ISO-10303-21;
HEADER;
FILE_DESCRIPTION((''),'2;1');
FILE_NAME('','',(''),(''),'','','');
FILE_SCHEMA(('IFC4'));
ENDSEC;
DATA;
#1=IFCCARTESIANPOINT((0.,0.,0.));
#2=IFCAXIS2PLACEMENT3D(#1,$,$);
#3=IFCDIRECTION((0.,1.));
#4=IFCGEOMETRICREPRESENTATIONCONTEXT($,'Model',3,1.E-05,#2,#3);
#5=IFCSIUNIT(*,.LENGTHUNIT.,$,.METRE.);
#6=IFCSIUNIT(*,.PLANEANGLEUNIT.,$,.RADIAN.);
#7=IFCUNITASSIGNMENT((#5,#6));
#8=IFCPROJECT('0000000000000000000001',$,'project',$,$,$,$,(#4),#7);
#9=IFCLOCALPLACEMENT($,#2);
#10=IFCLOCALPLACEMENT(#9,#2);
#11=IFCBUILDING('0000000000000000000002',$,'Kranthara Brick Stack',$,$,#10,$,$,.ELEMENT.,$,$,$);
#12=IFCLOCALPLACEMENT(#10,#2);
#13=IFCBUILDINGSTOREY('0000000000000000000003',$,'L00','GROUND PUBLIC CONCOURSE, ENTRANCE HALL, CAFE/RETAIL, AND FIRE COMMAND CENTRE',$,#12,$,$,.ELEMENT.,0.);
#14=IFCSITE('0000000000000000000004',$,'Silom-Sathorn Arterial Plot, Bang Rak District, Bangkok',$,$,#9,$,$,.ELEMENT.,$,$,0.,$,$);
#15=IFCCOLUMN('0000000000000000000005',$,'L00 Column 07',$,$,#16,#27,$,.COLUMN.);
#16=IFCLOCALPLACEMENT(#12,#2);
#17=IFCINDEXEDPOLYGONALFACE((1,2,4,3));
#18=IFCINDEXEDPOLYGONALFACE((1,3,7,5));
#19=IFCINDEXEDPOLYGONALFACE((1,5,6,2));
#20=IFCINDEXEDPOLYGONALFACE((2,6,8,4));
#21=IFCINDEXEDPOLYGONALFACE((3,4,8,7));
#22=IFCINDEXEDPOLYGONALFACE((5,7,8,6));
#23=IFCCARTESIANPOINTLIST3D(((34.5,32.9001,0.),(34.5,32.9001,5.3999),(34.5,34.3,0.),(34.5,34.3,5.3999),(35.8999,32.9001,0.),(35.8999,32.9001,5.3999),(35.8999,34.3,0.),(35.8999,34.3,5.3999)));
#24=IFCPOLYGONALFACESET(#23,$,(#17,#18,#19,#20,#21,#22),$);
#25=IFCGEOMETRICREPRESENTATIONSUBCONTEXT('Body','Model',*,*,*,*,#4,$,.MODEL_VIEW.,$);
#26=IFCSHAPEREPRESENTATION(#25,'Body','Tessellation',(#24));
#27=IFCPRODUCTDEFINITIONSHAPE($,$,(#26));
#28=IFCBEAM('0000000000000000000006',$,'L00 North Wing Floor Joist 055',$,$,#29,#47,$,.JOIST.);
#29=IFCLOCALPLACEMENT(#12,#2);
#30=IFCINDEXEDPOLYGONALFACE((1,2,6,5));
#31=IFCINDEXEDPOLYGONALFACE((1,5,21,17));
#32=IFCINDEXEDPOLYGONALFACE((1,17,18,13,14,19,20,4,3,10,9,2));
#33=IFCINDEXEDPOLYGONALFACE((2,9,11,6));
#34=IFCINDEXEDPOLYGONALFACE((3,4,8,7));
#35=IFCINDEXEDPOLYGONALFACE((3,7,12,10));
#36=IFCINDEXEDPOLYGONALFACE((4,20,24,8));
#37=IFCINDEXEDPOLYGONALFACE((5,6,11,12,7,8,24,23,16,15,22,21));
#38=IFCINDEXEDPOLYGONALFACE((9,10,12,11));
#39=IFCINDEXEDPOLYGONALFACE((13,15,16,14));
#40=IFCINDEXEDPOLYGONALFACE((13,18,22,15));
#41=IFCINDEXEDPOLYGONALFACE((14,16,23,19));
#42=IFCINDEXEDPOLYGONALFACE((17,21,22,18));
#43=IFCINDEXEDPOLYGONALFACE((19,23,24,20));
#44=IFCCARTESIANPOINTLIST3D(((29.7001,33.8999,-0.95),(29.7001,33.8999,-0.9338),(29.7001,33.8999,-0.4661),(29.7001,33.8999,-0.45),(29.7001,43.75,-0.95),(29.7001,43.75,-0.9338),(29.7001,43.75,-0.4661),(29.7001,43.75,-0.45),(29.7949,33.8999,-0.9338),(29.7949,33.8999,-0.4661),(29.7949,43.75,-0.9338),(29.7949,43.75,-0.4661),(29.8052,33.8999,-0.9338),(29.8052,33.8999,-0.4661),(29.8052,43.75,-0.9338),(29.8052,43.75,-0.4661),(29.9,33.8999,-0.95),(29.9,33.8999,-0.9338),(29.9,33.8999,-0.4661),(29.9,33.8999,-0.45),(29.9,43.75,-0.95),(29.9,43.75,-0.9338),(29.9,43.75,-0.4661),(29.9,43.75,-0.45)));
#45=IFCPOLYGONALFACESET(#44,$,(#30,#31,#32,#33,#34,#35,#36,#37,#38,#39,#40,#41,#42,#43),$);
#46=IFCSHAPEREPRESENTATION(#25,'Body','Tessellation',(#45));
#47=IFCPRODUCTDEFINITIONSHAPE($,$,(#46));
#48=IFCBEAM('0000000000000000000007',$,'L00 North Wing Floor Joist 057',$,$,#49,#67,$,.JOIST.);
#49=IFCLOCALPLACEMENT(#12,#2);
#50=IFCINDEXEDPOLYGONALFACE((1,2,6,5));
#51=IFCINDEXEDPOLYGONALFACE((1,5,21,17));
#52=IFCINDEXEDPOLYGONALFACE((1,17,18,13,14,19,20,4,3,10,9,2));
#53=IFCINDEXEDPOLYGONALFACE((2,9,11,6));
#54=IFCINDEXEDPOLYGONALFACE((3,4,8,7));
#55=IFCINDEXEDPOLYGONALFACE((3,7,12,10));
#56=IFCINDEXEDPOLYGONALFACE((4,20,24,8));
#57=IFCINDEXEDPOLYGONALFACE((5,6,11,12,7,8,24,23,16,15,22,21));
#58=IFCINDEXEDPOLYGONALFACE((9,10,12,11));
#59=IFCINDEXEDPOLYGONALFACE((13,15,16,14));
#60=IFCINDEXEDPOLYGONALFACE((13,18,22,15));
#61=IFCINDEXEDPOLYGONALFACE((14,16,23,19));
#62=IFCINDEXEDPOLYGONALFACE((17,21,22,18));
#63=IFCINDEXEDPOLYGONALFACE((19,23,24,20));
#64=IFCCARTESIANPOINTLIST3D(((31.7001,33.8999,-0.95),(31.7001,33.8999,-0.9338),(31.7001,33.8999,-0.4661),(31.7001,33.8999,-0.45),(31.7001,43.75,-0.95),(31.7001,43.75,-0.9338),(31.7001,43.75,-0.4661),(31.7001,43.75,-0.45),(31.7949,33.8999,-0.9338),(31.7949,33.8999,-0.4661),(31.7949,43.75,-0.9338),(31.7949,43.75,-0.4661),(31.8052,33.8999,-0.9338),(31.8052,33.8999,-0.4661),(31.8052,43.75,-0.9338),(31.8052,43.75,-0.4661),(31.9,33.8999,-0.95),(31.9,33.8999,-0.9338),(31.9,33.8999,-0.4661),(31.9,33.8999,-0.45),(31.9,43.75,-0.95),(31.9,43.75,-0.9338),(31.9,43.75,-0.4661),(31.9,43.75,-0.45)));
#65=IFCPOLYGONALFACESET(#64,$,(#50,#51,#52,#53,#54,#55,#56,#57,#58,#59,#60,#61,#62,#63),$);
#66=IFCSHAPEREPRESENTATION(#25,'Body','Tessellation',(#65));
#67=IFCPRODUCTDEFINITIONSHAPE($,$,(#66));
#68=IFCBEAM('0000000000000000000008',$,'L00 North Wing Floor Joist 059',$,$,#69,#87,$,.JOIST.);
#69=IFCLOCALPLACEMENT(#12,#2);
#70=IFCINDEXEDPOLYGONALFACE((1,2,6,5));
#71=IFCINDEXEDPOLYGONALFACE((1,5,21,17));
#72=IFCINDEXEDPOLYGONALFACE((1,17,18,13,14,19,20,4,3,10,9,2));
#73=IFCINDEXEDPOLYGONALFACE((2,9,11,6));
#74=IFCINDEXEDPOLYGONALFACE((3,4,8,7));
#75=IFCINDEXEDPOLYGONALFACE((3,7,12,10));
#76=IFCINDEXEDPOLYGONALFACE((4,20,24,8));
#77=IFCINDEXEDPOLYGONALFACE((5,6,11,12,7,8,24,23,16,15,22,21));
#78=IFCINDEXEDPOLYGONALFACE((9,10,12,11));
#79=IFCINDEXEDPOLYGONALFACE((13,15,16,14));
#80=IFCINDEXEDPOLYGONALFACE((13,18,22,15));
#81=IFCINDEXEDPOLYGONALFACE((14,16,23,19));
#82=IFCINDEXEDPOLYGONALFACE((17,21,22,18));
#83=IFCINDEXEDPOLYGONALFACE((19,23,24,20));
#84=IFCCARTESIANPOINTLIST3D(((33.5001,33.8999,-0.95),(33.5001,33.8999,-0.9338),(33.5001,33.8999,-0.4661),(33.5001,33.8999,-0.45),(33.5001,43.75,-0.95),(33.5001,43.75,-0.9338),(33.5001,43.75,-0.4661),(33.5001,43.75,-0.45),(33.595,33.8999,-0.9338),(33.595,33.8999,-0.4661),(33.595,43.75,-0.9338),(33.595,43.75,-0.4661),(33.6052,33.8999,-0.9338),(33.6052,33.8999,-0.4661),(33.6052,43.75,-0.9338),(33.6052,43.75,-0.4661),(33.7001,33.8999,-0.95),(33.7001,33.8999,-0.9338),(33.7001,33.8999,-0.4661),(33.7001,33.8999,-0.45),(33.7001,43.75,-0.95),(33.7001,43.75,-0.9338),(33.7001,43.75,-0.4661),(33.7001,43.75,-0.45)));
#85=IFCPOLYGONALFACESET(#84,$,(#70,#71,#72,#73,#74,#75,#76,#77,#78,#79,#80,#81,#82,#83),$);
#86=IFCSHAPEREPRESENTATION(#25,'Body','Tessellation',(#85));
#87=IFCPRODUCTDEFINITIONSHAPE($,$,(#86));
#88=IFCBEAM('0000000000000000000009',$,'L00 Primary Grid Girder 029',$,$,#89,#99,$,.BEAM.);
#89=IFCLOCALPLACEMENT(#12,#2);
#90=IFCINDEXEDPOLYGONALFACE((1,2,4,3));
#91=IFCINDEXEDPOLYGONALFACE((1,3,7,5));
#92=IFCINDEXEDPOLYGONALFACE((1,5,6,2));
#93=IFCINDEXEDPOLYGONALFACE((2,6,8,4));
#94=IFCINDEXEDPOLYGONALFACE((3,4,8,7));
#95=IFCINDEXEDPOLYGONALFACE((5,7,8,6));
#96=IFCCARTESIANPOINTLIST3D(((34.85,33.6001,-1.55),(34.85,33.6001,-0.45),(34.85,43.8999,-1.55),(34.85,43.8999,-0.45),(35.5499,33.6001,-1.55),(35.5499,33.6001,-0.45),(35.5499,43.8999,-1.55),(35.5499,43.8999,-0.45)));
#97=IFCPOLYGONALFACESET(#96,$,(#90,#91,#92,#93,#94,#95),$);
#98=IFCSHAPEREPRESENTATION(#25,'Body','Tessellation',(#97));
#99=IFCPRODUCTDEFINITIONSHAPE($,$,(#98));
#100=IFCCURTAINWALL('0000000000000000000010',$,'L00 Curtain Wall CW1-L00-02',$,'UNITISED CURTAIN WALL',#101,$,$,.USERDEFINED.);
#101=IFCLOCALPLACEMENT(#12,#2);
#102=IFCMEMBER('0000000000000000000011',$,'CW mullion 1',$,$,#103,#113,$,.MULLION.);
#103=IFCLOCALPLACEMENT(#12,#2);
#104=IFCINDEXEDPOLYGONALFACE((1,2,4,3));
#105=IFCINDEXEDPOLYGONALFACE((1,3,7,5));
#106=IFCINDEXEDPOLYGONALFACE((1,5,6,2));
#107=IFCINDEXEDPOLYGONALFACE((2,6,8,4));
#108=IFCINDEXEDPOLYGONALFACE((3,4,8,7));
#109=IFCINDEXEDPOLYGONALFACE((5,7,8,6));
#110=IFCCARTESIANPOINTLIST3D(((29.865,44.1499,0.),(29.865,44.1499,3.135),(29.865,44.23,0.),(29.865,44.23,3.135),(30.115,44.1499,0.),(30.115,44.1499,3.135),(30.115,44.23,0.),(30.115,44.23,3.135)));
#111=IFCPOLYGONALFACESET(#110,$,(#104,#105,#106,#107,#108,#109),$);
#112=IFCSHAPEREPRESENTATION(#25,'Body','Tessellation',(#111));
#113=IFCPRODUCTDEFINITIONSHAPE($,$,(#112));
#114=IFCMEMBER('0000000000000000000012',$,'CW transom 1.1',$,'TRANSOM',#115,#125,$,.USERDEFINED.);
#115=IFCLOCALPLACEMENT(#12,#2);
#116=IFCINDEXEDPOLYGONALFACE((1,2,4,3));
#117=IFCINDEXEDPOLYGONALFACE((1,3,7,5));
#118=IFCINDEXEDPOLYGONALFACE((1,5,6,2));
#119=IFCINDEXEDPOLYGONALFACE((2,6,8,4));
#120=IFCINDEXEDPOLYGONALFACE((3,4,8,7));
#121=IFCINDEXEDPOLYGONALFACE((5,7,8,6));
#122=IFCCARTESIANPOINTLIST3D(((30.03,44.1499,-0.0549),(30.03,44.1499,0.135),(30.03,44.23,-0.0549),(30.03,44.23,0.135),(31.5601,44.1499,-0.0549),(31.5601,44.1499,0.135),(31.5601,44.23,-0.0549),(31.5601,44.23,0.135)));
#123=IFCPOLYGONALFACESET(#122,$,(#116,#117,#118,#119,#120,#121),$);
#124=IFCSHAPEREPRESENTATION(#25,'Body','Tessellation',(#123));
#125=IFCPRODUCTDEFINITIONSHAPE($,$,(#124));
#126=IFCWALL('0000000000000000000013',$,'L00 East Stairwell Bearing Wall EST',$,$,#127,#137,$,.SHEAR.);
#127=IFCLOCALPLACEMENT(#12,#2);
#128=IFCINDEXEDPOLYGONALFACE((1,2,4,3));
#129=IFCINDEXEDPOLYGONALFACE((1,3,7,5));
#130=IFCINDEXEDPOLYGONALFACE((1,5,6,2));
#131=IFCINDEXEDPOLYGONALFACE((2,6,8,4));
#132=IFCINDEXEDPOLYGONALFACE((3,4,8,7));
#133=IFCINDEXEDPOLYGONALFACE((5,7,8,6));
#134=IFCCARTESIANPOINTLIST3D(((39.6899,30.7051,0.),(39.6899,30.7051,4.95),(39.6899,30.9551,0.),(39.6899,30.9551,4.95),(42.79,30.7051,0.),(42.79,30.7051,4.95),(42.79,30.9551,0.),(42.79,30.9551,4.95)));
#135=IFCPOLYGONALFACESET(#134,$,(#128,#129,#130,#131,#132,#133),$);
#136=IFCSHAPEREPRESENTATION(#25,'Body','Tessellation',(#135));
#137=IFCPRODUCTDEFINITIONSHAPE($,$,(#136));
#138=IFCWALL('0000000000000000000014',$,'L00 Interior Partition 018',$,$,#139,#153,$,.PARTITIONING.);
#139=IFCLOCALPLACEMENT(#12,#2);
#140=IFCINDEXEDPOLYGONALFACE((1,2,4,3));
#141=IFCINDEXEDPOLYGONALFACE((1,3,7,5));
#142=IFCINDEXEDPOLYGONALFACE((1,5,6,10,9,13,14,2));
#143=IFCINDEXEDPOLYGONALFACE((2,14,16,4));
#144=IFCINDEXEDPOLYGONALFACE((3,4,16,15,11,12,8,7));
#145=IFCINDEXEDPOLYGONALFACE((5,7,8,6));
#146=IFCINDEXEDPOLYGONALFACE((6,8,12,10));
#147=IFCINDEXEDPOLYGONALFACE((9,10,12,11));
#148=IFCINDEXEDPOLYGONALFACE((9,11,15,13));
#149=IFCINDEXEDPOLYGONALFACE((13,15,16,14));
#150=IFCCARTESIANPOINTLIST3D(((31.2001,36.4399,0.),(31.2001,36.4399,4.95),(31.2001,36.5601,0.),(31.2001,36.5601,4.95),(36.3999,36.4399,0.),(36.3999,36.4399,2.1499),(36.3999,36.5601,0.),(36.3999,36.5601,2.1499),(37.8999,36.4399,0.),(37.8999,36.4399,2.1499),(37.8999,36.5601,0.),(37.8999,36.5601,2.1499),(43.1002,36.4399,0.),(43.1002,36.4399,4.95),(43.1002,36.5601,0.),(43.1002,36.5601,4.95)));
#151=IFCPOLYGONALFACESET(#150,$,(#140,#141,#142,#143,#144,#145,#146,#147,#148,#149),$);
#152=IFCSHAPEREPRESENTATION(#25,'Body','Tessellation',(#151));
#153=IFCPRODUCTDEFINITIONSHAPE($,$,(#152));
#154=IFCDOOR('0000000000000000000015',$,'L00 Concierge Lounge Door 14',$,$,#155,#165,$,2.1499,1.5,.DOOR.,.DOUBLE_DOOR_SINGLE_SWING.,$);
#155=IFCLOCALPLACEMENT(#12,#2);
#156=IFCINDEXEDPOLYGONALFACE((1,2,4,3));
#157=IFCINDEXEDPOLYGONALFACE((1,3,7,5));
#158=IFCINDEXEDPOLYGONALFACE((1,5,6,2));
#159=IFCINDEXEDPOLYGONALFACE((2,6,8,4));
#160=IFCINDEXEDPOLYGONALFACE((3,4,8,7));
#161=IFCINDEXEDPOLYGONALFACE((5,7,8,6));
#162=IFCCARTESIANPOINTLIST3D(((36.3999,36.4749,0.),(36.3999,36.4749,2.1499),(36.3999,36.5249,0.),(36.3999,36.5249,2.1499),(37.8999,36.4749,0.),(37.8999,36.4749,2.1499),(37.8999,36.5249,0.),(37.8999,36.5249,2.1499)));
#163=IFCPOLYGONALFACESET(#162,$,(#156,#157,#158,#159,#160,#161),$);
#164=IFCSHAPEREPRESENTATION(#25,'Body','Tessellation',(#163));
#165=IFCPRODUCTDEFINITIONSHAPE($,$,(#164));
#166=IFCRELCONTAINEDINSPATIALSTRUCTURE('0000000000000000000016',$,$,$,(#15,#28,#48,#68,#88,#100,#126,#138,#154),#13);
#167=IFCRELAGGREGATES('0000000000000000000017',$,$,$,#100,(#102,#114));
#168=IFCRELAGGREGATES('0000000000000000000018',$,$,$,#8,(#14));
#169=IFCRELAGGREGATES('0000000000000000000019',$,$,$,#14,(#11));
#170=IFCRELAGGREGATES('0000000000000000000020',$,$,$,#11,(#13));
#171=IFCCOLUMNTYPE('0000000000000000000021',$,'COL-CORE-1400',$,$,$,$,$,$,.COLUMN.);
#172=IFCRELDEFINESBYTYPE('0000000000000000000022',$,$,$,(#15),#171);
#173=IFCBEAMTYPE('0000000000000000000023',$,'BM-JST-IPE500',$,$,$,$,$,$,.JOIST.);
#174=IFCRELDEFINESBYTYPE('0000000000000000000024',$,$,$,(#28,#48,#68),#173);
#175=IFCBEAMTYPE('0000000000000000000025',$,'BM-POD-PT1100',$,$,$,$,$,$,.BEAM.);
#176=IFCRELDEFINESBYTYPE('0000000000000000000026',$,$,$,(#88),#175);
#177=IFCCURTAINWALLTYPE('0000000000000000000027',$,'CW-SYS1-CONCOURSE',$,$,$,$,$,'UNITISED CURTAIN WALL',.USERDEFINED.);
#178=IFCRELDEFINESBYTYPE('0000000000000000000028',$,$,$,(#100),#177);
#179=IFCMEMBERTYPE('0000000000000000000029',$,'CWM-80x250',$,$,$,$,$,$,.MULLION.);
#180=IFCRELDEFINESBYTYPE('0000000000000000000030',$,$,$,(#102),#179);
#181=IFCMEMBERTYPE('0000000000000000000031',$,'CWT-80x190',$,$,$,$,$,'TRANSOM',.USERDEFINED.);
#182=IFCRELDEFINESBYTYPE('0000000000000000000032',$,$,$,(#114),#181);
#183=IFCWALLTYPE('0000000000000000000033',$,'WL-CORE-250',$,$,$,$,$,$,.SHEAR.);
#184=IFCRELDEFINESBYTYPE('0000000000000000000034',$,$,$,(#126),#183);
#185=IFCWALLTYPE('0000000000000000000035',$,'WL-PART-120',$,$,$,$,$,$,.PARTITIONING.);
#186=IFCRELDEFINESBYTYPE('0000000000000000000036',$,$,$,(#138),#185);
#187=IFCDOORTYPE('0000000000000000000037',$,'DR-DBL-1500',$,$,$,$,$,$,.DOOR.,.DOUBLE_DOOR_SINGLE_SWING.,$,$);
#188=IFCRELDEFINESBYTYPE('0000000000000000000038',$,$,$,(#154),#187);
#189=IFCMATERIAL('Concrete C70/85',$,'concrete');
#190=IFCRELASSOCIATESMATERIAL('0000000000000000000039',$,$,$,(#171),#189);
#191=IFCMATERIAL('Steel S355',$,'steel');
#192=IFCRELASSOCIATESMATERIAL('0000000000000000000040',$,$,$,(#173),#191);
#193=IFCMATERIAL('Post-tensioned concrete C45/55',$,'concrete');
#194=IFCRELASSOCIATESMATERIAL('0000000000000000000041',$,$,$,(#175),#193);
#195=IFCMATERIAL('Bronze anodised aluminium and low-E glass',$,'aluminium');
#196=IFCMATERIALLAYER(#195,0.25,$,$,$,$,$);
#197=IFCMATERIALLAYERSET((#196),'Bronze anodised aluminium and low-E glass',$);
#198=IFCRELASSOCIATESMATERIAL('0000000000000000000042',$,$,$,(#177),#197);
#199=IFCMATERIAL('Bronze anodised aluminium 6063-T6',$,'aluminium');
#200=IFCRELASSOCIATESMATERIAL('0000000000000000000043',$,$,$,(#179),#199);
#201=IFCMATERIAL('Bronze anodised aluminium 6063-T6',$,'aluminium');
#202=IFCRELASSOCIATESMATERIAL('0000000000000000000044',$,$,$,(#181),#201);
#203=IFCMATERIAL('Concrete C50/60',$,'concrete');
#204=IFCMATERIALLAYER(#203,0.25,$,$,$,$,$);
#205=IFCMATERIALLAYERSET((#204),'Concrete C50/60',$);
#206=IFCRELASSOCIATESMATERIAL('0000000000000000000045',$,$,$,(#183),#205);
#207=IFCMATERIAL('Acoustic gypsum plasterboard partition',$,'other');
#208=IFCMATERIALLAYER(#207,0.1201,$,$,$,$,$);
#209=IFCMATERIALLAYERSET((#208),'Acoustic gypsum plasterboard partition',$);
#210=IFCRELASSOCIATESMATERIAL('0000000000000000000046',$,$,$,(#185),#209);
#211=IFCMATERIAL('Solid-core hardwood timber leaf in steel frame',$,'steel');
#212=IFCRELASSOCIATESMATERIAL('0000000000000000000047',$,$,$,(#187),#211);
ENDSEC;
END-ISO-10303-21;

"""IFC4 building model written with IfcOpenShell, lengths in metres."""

from ifc_helpers import new_model, si_unit, direction, frame, frame_2d, origin, origin_2d, place, context, subcontext, project, spatial, rectangle, i_section, extrude, material, layer, layer_set, material_profile, profile_set, type_object, element, fill, aggregate, save


model = new_model("IFC4")

# Units and contexts
model_context = context("Model", 3, precision=1e-05, world=origin(), true_north=direction((0.0, 1.0)))
body_context = subcontext(model_context, "Body", "Model", "MODEL_VIEW")
ifc_project = project(units=[si_unit("LENGTHUNIT", "METRE"), si_unit("PLANEANGLEUNIT", "RADIAN")], contexts=[model_context])

# Site, building, storey
site_placement = place(None, origin())
site = spatial("IfcSite", under=ifc_project, at=site_placement, Name="Silom-Sathorn Arterial Plot, Bang Rak District, Bangkok", CompositionType="ELEMENT", RefElevation=0.0)
building_placement = place(site_placement, origin())
building = spatial("IfcBuilding", under=site, at=building_placement, Name="Kranthara Brick Stack", CompositionType="ELEMENT")
storey_placement = place(building_placement, origin())
storey = spatial("IfcBuildingStorey", under=building, at=storey_placement, Name="L00", Description="GROUND PUBLIC CONCOURSE, ENTRANCE HALL, CAFE/RETAIL, AND FIRE COMMAND CENTRE", CompositionType="ELEMENT", Elevation=0.0)

# Column
ifc_material_1 = material(Name="Concrete C70/85", Category="concrete")
ifc_material_profile_1 = material_profile(ifc_material_1, rectangle(XDim=1.3999, YDim=1.3999, at=origin_2d()), Name="RC 1400x1400")
ifc_profile_set_1 = profile_set([ifc_material_profile_1], Name="Concrete C70/85")
column_type = type_object("IfcColumnType", Name="COL-CORE-1400", PredefinedType="COLUMN", material=ifc_profile_set_1)
column_placement = place(storey_placement, frame((35.2, 33.6001, 0.0), z_axis=(0.0, 0.0, 1.0), x_axis=(1.0, 0.0, 0.0)))
element("IfcColumn", 1, at=column_placement, inside=storey, type_object=column_type, Name="L00 Column 07", PredefinedType="COLUMN", context=body_context, shape_type="SweptSolid", body=[
    extrude(rectangle(XDim=1.3999, YDim=1.3999, at=origin_2d()), origin(), (0.0, 0.0, 1.0), 5.3999),
])

# Beams
ifc_material_2 = material(Name="Steel S355", Category="steel")
ifc_material_profile_2 = material_profile(ifc_material_2, i_section(OverallWidth=0.2, OverallDepth=0.5, WebThickness=0.0103, FlangeThickness=0.0161, at=origin_2d()), Name="IPE 500")
ifc_profile_set_2 = profile_set([ifc_material_profile_2], Name="Steel S355")
beam_type_1 = type_object("IfcBeamType", Name="BM-JST-IPE500", PredefinedType="JOIST", material=ifc_profile_set_2)
for number, where, z_axis, x_axis, name in (
    (2, (29.8, 33.8999, -0.7), (0.0, 1.0, 0.0), (-1.0, 0.0, 0.0), "L00 North Wing Floor Joist 055"),
    (3, (31.8, 33.8999, -0.7), (0.0, 1.0, 0.0), (-1.0, 0.0, 0.0), "L00 North Wing Floor Joist 057"),
    (4, (33.6001, 33.8999, -0.7), (0.0, 1.0, 0.0), (-1.0, 0.0, 0.0), "L00 North Wing Floor Joist 059"),
):
    element("IfcBeam", number, at=place(storey_placement, frame(where, z_axis=z_axis, x_axis=x_axis)), inside=storey, type_object=beam_type_1, Name=name, PredefinedType="JOIST", context=body_context, shape_type="SweptSolid", body=[
        extrude(i_section(OverallWidth=0.2, OverallDepth=0.5, WebThickness=0.0103, FlangeThickness=0.0161, at=origin_2d()), origin(), (0.0, 0.0, 1.0), 9.8501),
    ])
ifc_material_3 = material(Name="Post-tensioned concrete C45/55", Category="concrete")
ifc_material_profile_3 = material_profile(ifc_material_3, rectangle(XDim=0.7, YDim=1.1001, at=origin_2d()), Name="PT 700x1100")
ifc_profile_set_3 = profile_set([ifc_material_profile_3], Name="Post-tensioned concrete C45/55")
beam_type_2 = type_object("IfcBeamType", Name="BM-POD-PT1100", PredefinedType="BEAM", material=ifc_profile_set_3)
beam_placement = place(storey_placement, frame((35.2, 33.6001, -1.0), z_axis=(0.0, 1.0, 0.0), x_axis=(-1.0, 0.0, 0.0)))
element("IfcBeam", 5, at=beam_placement, inside=storey, type_object=beam_type_2, Name="L00 Primary Grid Girder 029", PredefinedType="BEAM", context=body_context, shape_type="SweptSolid", body=[
    extrude(rectangle(XDim=0.7, YDim=1.1001, at=origin_2d()), origin(), (0.0, 0.0, 1.0), 10.2998),
])

# Curtain wall, members
ifc_material_4 = material(Name="Bronze anodised aluminium and low-E glass", Category="aluminium")
ifc_layer_1 = layer(ifc_material_4, 0.25)
ifc_layer_set_1 = layer_set([ifc_layer_1], Name="Bronze anodised aluminium and low-E glass")
curtain_wall_type = type_object("IfcCurtainWallType", Name="CW-SYS1-CONCOURSE", ElementType="UNITISED CURTAIN WALL", PredefinedType="USERDEFINED", material=ifc_layer_set_1)
curtain_wall_placement = place(storey_placement, origin())
curtain_wall = element("IfcCurtainWall", 6, at=curtain_wall_placement, inside=storey, type_object=curtain_wall_type, Name="L00 Curtain Wall CW1-L00-02", ObjectType="UNITISED CURTAIN WALL", PredefinedType="USERDEFINED")
ifc_material_5 = material(Name="Bronze anodised aluminium 6063-T6", Category="aluminium")
ifc_material_profile_4 = material_profile(ifc_material_5, rectangle(XDim=0.0801, YDim=0.25, at=origin_2d()), Name="ALU MULLION 80x250")
ifc_profile_set_4 = profile_set([ifc_material_profile_4], Name="Bronze anodised aluminium 6063-T6")
member_type_1 = type_object("IfcMemberType", Name="CWM-80x250", PredefinedType="MULLION", material=ifc_profile_set_4)
member_1_placement = place(storey_placement, frame((29.99, 44.1899, 0.0), z_axis=(0.0, 0.0, 1.0), x_axis=(0.0, 1.0, 0.0)))
member_1 = element("IfcMember", 7, at=member_1_placement, type_object=member_type_1, Name="CW mullion 1", PredefinedType="MULLION", context=body_context, shape_type="SweptSolid", body=[
    extrude(rectangle(XDim=0.0801, YDim=0.25, at=origin_2d()), origin(), (0.0, 0.0, 1.0), 3.135),
])
ifc_material_6 = material(Name="Bronze anodised aluminium 6063-T6", Category="aluminium")
ifc_material_profile_5 = material_profile(ifc_material_6, rectangle(XDim=0.0801, YDim=0.1899, at=origin_2d()), Name="ALU TRANSOM 80x190")
ifc_profile_set_5 = profile_set([ifc_material_profile_5], Name="Bronze anodised aluminium 6063-T6")
member_type_2 = type_object("IfcMemberType", Name="CWT-80x190", ElementType="TRANSOM", PredefinedType="USERDEFINED", material=ifc_profile_set_5)
member_2_placement = place(storey_placement, frame((30.03, 44.1899, 0.04), z_axis=(1.0, 0.0, 0.0), x_axis=(0.0, 1.0, 0.0)))
member_2 = element("IfcMember", 8, at=member_2_placement, type_object=member_type_2, Name="CW transom 1.1", ObjectType="TRANSOM", PredefinedType="USERDEFINED", context=body_context, shape_type="SweptSolid", body=[
    extrude(rectangle(XDim=0.0801, YDim=0.1899, at=origin_2d()), origin(), (0.0, 0.0, 1.0), 1.53),
])
aggregate(curtain_wall, [member_1, member_2])

# Wall
ifc_material_7 = material(Name="Concrete C50/60", Category="concrete")
ifc_layer_2 = layer(ifc_material_7, 0.25)
ifc_layer_set_2 = layer_set([ifc_layer_2], Name="Concrete C50/60")
wall_type_1 = type_object("IfcWallType", Name="WL-CORE-250", PredefinedType="SHEAR", material=ifc_layer_set_2)
wall_1_placement = place(storey_placement, frame((39.6899, 30.8301, 0.0), z_axis=(0.0, 0.0, 1.0), x_axis=(1.0, 0.0, 0.0)))
element("IfcWall", 9, at=wall_1_placement, inside=storey, type_object=wall_type_1, Name="L00 East Stairwell Bearing Wall EST", PredefinedType="SHEAR", context=body_context, shape_type="SweptSolid", body=[
    extrude(rectangle(XDim=3.1001, YDim=0.25, at=frame_2d((1.55, 0.0))), origin(), (0.0, 0.0, 1.0), 4.95),
])

# Wall, opening, door
ifc_material_8 = material(Name="Acoustic gypsum plasterboard partition", Category="other")
ifc_layer_3 = layer(ifc_material_8, 0.1201)
ifc_layer_set_3 = layer_set([ifc_layer_3], Name="Acoustic gypsum plasterboard partition")
wall_type_2 = type_object("IfcWallType", Name="WL-PART-120", PredefinedType="PARTITIONING", material=ifc_layer_set_3)
wall_2_placement = place(storey_placement, frame((31.2, 36.5, 0.0), z_axis=(0.0, 0.0, 1.0), x_axis=(1.0, 0.0, 0.0)))
wall_2 = element("IfcWall", 10, at=wall_2_placement, inside=storey, type_object=wall_type_2, Name="L00 Interior Partition 018", PredefinedType="PARTITIONING", context=body_context, shape_type="SweptSolid", body=[
    extrude(rectangle(XDim=11.9001, YDim=0.1201, at=frame_2d((5.9502, 0.0))), origin(), (0.0, 0.0, 1.0), 4.95),
])
opening_1_placement = place(wall_2_placement, frame((5.2, 0.0, 0.0)))
opening_1 = element("IfcOpeningElement", 11, at=opening_1_placement, cuts=wall_2, PredefinedType="OPENING", context=body_context, shape_type="SweptSolid", body=[
    extrude(rectangle(XDim=1.5, YDim=2.1499, at=frame_2d((0.75, 1.075))), frame((0.0, 0.0701, 0.0), z_axis=(0.0, -1.0, 0.0), x_axis=(1.0, 0.0, 0.0)), (0.0, 0.0, 1.0), 0.1401),
])
ifc_material_9 = material(Name="Solid-core hardwood timber leaf in steel frame", Category="steel")
door_type_1 = type_object("IfcDoorType", Name="DR-DBL-1500", OperationType="DOUBLE_DOOR_SINGLE_SWING", PredefinedType="DOOR", material=ifc_material_9)
door_1_placement = place(opening_1_placement, origin())
door_1 = element("IfcDoor", 12, at=door_1_placement, inside=storey, type_object=door_type_1, Name="L00 Concierge Lounge Door 14", OperationType="DOUBLE_DOOR_SINGLE_SWING", OverallHeight=2.1499, OverallWidth=1.5, PredefinedType="DOOR", context=body_context, shape_type="SweptSolid", body=[
    extrude(rectangle(XDim=1.5, YDim=2.1499, at=frame_2d((0.75, 1.075))), frame((0.0, 0.0249, 0.0), z_axis=(0.0, -1.0, 0.0), x_axis=(1.0, 0.0, 0.0)), (0.0, 0.0, 1.0), 0.05),
])
fill(opening_1, door_1)

save(model, "model.ifc")
